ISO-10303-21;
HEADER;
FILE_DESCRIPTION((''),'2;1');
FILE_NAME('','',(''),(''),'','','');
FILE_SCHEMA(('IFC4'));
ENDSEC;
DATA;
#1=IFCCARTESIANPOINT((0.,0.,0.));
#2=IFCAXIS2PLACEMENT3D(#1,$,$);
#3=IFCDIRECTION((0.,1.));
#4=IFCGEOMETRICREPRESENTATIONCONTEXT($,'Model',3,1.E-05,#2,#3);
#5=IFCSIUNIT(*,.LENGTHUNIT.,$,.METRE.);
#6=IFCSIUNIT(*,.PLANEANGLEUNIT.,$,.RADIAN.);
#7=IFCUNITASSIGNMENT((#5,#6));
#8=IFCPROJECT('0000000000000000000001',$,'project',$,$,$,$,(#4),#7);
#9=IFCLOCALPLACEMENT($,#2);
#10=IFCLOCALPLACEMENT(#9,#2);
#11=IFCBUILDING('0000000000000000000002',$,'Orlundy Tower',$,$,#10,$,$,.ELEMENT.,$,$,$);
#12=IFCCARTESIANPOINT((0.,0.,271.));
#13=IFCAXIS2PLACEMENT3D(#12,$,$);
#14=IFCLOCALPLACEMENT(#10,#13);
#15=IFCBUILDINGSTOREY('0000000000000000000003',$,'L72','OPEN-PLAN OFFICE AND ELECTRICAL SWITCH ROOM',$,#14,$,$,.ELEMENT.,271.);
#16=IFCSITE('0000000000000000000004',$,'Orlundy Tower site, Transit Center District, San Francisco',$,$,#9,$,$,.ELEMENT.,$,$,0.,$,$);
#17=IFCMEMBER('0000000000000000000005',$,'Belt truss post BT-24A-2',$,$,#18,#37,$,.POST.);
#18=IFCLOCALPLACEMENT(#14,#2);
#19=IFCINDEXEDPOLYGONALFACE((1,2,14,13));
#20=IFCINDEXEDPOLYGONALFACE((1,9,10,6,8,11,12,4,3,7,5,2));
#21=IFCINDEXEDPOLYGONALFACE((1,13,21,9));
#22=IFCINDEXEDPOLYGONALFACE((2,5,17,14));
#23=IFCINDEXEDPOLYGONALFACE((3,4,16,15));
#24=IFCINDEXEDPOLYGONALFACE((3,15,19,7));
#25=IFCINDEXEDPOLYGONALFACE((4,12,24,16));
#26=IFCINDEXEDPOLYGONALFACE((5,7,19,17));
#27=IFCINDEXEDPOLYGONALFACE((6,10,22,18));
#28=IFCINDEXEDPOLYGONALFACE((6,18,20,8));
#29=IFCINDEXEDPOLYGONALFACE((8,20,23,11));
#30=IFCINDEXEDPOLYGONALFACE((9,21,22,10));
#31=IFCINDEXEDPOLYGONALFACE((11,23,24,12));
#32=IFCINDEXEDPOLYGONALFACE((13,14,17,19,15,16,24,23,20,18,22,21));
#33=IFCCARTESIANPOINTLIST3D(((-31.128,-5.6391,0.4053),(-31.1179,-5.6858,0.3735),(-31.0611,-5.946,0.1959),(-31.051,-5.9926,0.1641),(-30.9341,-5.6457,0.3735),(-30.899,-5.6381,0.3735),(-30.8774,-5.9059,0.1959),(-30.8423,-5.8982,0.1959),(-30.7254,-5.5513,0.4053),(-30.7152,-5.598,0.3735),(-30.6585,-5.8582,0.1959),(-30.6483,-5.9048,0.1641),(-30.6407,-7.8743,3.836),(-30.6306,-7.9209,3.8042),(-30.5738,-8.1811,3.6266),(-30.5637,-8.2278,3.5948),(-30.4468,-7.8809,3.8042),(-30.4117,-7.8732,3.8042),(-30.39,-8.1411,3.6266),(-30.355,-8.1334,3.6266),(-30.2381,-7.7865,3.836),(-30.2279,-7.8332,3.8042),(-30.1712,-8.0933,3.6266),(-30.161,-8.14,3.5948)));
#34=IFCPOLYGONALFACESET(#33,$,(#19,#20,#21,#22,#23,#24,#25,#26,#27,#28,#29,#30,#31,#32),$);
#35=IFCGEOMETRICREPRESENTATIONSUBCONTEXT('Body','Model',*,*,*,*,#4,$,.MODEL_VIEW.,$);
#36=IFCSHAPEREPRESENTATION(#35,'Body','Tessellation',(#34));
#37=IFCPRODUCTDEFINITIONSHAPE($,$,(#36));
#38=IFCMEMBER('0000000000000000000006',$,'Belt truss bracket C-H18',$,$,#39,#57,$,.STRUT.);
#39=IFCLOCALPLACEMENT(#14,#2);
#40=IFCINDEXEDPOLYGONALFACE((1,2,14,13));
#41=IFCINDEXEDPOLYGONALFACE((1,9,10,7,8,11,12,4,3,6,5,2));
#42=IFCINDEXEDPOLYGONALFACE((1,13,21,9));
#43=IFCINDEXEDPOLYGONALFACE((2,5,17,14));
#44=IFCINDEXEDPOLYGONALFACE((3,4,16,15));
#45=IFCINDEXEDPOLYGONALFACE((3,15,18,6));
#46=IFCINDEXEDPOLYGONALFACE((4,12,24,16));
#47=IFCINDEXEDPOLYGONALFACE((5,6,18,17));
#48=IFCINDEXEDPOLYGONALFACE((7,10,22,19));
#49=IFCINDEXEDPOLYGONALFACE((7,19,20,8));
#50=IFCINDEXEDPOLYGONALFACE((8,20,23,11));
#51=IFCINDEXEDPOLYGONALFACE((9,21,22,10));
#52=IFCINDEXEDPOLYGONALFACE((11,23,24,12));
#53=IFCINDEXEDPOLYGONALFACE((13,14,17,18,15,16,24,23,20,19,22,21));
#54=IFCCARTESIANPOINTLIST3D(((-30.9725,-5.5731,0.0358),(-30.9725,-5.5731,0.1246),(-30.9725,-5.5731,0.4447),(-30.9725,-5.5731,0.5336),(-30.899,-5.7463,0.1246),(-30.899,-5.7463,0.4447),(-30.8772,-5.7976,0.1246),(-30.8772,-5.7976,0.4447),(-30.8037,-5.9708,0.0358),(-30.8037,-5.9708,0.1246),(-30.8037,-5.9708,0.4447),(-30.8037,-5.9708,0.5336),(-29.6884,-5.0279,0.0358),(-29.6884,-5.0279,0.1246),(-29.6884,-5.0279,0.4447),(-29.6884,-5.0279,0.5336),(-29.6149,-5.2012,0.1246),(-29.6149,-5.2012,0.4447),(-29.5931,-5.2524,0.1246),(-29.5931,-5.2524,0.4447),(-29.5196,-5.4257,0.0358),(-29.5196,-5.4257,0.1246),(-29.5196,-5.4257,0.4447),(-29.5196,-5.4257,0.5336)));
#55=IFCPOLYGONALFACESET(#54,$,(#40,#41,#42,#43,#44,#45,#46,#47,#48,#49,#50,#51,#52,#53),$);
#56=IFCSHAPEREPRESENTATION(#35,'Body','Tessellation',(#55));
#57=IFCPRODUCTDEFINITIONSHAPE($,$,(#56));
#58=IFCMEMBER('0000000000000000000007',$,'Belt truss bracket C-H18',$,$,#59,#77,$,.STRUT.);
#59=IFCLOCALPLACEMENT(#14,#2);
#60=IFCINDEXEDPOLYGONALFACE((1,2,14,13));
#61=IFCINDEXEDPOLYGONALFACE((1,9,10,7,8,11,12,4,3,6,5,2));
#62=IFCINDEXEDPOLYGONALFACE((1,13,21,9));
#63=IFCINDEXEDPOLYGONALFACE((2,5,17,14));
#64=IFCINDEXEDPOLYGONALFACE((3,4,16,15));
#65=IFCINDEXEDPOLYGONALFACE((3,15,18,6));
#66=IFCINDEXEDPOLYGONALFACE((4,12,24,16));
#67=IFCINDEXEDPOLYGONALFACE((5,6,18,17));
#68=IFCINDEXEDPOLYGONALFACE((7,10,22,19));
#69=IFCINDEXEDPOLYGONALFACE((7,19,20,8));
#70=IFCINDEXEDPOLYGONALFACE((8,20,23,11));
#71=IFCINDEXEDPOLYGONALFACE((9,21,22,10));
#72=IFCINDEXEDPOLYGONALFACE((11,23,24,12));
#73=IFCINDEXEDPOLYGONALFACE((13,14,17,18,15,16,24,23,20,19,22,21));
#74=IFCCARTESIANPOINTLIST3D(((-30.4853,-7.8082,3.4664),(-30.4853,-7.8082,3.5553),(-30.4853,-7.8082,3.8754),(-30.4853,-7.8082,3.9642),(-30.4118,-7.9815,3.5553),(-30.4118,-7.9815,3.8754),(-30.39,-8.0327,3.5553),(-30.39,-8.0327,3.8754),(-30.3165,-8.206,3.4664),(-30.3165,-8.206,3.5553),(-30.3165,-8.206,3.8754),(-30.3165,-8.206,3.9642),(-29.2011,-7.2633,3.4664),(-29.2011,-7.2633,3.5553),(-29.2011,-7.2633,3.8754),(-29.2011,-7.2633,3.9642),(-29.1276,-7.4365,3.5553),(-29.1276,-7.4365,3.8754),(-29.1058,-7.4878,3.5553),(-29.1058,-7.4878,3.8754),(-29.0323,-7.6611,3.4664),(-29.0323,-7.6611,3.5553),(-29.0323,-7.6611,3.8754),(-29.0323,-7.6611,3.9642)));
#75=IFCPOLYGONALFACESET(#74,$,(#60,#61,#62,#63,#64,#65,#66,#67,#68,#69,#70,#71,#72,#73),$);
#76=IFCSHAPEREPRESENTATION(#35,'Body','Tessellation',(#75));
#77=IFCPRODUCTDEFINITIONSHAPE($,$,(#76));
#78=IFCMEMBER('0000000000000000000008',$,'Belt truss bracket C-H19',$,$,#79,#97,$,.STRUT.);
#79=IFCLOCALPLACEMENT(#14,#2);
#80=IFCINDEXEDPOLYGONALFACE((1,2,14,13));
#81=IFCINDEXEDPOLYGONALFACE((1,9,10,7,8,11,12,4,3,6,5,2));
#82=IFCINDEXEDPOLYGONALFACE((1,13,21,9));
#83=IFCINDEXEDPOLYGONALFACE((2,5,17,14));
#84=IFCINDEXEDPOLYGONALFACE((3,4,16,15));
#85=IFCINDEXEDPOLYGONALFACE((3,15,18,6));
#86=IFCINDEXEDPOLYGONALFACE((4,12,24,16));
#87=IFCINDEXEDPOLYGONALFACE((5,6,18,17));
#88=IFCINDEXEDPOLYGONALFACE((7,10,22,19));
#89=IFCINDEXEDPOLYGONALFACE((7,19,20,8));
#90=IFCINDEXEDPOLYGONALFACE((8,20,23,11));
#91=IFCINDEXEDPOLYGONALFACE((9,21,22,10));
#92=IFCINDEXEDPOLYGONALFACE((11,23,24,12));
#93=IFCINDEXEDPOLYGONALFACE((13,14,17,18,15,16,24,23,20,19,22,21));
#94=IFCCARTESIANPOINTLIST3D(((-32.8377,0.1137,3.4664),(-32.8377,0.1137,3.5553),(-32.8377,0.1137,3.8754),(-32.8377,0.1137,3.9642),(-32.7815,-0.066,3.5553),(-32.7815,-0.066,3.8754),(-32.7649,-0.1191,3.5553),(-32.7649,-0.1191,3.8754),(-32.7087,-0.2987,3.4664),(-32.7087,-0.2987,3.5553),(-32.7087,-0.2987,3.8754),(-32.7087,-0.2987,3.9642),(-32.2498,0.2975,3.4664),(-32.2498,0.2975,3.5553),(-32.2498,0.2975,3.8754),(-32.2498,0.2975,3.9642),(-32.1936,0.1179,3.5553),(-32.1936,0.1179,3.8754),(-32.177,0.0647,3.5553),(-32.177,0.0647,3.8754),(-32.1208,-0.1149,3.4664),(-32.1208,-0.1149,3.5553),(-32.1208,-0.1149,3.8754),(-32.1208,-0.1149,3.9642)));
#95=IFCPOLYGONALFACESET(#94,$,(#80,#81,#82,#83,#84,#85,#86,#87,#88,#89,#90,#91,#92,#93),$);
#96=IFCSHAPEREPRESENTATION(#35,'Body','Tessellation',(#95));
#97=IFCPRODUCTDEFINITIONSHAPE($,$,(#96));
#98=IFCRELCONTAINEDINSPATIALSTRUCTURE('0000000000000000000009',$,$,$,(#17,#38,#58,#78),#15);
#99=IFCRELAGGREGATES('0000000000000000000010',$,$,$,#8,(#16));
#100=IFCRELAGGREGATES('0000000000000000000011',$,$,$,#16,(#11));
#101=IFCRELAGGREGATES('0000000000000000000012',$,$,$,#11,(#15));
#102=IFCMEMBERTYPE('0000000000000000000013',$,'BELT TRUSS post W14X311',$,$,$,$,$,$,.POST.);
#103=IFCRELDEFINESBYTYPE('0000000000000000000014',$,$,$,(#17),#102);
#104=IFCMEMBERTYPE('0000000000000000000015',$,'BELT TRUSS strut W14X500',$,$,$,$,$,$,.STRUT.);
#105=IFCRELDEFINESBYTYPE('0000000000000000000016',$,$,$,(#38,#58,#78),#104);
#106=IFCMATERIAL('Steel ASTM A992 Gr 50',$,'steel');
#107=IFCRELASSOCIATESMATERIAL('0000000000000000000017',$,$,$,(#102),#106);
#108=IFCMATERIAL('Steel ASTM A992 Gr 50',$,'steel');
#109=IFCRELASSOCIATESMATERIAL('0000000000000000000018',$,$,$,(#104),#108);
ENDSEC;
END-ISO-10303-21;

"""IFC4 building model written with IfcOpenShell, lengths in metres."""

from ifc_helpers import new_model, si_unit, direction, frame, origin, origin_2d, place, context, subcontext, project, spatial, i_section, extrude, material, material_profile, profile_set, type_object, element, save


model = new_model("IFC4")

# Units and contexts
model_context = context("Model", 3, precision=1e-05, world=origin(), true_north=direction((0.0, 1.0)))
body_context = subcontext(model_context, "Body", "Model", "MODEL_VIEW")
ifc_project = project(units=[si_unit("LENGTHUNIT", "METRE"), si_unit("PLANEANGLEUNIT", "RADIAN")], contexts=[model_context])

# Site, building, storey
site_placement = place(None, origin())
site = spatial("IfcSite", under=ifc_project, at=site_placement, Name="Orlundy Tower site, Transit Center District, San Francisco", CompositionType="ELEMENT", RefElevation=0.0)
building_placement = place(site_placement, origin())
building = spatial("IfcBuilding", under=site, at=building_placement, Name="Orlundy Tower", CompositionType="ELEMENT")
storey_placement = place(building_placement, frame((0.0, 0.0, 271.0)))
storey = spatial("IfcBuildingStorey", under=building, at=storey_placement, Name="L72", Description="OPEN-PLAN OFFICE AND ELECTRICAL SWITCH ROOM", CompositionType="ELEMENT", Elevation=271.0)

# Members
ifc_material_1 = material(Name="Steel ASTM A992 Gr 50", Category="steel")
ifc_material_profile_1 = material_profile(ifc_material_1, i_section(OverallWidth=0.4121, OverallDepth=0.4348, WebThickness=0.0359, FlangeThickness=0.0574, at=origin_2d()), Name="W14X311")
ifc_profile_set_1 = profile_set([ifc_material_profile_1], Name="Steel ASTM A992 Gr 50")
member_type_1 = type_object("IfcMemberType", Name="BELT TRUSS post W14X311", PredefinedType="POST", material=ifc_profile_set_1)
member_1_placement = place(storey_placement, frame((-30.8882, -5.772, 0.2847), z_axis=(0.11818, -0.542051, 0.831994), x_axis=(0.977048, 0.213019, 0.0)))
element("IfcMember", 1, at=member_1_placement, inside=storey, type_object=member_type_1, Name="Belt truss post BT-24A-2", PredefinedType="POST", context=body_context, shape_type="SweptSolid", body=[
    extrude(i_section(OverallWidth=0.4121, OverallDepth=0.4348, WebThickness=0.0359, FlangeThickness=0.0574, at=origin_2d()), origin(), (0.0, 0.0, 1.0), 4.1235),
])
ifc_material_2 = material(Name="Steel ASTM A992 Gr 50", Category="steel")
ifc_material_profile_2 = material_profile(ifc_material_2, i_section(OverallWidth=0.4321, OverallDepth=0.4978, WebThickness=0.0557, FlangeThickness=0.0889, at=origin_2d()), Name="W14X500")
ifc_profile_set_2 = profile_set([ifc_material_profile_2], Name="Steel ASTM A992 Gr 50")
member_type_2 = type_object("IfcMemberType", Name="BELT TRUSS strut W14X500", PredefinedType="STRUT", material=ifc_profile_set_2)
for number, where, z_axis, x_axis, name in (
    (2, (-29.604, -5.2268, 0.2847), (-0.920488, -0.39077, 0.0), (0.39077, -0.920488, 0.0), "Belt truss bracket C-H18"),
    (3, (-29.1167, -7.4622, 3.7153), (-0.920551, -0.390622, 0.0), (0.390622, -0.920551, 0.0), "Belt truss bracket C-H18"),
):
    element("IfcMember", number, at=place(storey_placement, frame(where, z_axis=z_axis, x_axis=x_axis)), inside=storey, type_object=member_type_2, Name=name, PredefinedType="STRUT", context=body_context, shape_type="SweptSolid", body=[
        extrude(i_section(OverallWidth=0.4321, OverallDepth=0.4978, WebThickness=0.0557, FlangeThickness=0.0889, at=origin_2d()), origin(), (0.0, 0.0, 1.0), 1.395),
    ])
member_2_placement = place(storey_placement, frame((-32.1853, 0.0913, 3.7153), z_axis=(-0.954424, -0.298456, 0.0), x_axis=(0.298456, -0.954424, 0.0)))
element("IfcMember", 4, at=member_2_placement, inside=storey, type_object=member_type_2, Name="Belt truss bracket C-H19", PredefinedType="STRUT", context=body_context, shape_type="SweptSolid", body=[
    extrude(i_section(OverallWidth=0.4321, OverallDepth=0.4978, WebThickness=0.0557, FlangeThickness=0.0889, at=origin_2d()), origin(), (0.0, 0.0, 1.0), 0.616),
])

save(model, "model.ifc")
